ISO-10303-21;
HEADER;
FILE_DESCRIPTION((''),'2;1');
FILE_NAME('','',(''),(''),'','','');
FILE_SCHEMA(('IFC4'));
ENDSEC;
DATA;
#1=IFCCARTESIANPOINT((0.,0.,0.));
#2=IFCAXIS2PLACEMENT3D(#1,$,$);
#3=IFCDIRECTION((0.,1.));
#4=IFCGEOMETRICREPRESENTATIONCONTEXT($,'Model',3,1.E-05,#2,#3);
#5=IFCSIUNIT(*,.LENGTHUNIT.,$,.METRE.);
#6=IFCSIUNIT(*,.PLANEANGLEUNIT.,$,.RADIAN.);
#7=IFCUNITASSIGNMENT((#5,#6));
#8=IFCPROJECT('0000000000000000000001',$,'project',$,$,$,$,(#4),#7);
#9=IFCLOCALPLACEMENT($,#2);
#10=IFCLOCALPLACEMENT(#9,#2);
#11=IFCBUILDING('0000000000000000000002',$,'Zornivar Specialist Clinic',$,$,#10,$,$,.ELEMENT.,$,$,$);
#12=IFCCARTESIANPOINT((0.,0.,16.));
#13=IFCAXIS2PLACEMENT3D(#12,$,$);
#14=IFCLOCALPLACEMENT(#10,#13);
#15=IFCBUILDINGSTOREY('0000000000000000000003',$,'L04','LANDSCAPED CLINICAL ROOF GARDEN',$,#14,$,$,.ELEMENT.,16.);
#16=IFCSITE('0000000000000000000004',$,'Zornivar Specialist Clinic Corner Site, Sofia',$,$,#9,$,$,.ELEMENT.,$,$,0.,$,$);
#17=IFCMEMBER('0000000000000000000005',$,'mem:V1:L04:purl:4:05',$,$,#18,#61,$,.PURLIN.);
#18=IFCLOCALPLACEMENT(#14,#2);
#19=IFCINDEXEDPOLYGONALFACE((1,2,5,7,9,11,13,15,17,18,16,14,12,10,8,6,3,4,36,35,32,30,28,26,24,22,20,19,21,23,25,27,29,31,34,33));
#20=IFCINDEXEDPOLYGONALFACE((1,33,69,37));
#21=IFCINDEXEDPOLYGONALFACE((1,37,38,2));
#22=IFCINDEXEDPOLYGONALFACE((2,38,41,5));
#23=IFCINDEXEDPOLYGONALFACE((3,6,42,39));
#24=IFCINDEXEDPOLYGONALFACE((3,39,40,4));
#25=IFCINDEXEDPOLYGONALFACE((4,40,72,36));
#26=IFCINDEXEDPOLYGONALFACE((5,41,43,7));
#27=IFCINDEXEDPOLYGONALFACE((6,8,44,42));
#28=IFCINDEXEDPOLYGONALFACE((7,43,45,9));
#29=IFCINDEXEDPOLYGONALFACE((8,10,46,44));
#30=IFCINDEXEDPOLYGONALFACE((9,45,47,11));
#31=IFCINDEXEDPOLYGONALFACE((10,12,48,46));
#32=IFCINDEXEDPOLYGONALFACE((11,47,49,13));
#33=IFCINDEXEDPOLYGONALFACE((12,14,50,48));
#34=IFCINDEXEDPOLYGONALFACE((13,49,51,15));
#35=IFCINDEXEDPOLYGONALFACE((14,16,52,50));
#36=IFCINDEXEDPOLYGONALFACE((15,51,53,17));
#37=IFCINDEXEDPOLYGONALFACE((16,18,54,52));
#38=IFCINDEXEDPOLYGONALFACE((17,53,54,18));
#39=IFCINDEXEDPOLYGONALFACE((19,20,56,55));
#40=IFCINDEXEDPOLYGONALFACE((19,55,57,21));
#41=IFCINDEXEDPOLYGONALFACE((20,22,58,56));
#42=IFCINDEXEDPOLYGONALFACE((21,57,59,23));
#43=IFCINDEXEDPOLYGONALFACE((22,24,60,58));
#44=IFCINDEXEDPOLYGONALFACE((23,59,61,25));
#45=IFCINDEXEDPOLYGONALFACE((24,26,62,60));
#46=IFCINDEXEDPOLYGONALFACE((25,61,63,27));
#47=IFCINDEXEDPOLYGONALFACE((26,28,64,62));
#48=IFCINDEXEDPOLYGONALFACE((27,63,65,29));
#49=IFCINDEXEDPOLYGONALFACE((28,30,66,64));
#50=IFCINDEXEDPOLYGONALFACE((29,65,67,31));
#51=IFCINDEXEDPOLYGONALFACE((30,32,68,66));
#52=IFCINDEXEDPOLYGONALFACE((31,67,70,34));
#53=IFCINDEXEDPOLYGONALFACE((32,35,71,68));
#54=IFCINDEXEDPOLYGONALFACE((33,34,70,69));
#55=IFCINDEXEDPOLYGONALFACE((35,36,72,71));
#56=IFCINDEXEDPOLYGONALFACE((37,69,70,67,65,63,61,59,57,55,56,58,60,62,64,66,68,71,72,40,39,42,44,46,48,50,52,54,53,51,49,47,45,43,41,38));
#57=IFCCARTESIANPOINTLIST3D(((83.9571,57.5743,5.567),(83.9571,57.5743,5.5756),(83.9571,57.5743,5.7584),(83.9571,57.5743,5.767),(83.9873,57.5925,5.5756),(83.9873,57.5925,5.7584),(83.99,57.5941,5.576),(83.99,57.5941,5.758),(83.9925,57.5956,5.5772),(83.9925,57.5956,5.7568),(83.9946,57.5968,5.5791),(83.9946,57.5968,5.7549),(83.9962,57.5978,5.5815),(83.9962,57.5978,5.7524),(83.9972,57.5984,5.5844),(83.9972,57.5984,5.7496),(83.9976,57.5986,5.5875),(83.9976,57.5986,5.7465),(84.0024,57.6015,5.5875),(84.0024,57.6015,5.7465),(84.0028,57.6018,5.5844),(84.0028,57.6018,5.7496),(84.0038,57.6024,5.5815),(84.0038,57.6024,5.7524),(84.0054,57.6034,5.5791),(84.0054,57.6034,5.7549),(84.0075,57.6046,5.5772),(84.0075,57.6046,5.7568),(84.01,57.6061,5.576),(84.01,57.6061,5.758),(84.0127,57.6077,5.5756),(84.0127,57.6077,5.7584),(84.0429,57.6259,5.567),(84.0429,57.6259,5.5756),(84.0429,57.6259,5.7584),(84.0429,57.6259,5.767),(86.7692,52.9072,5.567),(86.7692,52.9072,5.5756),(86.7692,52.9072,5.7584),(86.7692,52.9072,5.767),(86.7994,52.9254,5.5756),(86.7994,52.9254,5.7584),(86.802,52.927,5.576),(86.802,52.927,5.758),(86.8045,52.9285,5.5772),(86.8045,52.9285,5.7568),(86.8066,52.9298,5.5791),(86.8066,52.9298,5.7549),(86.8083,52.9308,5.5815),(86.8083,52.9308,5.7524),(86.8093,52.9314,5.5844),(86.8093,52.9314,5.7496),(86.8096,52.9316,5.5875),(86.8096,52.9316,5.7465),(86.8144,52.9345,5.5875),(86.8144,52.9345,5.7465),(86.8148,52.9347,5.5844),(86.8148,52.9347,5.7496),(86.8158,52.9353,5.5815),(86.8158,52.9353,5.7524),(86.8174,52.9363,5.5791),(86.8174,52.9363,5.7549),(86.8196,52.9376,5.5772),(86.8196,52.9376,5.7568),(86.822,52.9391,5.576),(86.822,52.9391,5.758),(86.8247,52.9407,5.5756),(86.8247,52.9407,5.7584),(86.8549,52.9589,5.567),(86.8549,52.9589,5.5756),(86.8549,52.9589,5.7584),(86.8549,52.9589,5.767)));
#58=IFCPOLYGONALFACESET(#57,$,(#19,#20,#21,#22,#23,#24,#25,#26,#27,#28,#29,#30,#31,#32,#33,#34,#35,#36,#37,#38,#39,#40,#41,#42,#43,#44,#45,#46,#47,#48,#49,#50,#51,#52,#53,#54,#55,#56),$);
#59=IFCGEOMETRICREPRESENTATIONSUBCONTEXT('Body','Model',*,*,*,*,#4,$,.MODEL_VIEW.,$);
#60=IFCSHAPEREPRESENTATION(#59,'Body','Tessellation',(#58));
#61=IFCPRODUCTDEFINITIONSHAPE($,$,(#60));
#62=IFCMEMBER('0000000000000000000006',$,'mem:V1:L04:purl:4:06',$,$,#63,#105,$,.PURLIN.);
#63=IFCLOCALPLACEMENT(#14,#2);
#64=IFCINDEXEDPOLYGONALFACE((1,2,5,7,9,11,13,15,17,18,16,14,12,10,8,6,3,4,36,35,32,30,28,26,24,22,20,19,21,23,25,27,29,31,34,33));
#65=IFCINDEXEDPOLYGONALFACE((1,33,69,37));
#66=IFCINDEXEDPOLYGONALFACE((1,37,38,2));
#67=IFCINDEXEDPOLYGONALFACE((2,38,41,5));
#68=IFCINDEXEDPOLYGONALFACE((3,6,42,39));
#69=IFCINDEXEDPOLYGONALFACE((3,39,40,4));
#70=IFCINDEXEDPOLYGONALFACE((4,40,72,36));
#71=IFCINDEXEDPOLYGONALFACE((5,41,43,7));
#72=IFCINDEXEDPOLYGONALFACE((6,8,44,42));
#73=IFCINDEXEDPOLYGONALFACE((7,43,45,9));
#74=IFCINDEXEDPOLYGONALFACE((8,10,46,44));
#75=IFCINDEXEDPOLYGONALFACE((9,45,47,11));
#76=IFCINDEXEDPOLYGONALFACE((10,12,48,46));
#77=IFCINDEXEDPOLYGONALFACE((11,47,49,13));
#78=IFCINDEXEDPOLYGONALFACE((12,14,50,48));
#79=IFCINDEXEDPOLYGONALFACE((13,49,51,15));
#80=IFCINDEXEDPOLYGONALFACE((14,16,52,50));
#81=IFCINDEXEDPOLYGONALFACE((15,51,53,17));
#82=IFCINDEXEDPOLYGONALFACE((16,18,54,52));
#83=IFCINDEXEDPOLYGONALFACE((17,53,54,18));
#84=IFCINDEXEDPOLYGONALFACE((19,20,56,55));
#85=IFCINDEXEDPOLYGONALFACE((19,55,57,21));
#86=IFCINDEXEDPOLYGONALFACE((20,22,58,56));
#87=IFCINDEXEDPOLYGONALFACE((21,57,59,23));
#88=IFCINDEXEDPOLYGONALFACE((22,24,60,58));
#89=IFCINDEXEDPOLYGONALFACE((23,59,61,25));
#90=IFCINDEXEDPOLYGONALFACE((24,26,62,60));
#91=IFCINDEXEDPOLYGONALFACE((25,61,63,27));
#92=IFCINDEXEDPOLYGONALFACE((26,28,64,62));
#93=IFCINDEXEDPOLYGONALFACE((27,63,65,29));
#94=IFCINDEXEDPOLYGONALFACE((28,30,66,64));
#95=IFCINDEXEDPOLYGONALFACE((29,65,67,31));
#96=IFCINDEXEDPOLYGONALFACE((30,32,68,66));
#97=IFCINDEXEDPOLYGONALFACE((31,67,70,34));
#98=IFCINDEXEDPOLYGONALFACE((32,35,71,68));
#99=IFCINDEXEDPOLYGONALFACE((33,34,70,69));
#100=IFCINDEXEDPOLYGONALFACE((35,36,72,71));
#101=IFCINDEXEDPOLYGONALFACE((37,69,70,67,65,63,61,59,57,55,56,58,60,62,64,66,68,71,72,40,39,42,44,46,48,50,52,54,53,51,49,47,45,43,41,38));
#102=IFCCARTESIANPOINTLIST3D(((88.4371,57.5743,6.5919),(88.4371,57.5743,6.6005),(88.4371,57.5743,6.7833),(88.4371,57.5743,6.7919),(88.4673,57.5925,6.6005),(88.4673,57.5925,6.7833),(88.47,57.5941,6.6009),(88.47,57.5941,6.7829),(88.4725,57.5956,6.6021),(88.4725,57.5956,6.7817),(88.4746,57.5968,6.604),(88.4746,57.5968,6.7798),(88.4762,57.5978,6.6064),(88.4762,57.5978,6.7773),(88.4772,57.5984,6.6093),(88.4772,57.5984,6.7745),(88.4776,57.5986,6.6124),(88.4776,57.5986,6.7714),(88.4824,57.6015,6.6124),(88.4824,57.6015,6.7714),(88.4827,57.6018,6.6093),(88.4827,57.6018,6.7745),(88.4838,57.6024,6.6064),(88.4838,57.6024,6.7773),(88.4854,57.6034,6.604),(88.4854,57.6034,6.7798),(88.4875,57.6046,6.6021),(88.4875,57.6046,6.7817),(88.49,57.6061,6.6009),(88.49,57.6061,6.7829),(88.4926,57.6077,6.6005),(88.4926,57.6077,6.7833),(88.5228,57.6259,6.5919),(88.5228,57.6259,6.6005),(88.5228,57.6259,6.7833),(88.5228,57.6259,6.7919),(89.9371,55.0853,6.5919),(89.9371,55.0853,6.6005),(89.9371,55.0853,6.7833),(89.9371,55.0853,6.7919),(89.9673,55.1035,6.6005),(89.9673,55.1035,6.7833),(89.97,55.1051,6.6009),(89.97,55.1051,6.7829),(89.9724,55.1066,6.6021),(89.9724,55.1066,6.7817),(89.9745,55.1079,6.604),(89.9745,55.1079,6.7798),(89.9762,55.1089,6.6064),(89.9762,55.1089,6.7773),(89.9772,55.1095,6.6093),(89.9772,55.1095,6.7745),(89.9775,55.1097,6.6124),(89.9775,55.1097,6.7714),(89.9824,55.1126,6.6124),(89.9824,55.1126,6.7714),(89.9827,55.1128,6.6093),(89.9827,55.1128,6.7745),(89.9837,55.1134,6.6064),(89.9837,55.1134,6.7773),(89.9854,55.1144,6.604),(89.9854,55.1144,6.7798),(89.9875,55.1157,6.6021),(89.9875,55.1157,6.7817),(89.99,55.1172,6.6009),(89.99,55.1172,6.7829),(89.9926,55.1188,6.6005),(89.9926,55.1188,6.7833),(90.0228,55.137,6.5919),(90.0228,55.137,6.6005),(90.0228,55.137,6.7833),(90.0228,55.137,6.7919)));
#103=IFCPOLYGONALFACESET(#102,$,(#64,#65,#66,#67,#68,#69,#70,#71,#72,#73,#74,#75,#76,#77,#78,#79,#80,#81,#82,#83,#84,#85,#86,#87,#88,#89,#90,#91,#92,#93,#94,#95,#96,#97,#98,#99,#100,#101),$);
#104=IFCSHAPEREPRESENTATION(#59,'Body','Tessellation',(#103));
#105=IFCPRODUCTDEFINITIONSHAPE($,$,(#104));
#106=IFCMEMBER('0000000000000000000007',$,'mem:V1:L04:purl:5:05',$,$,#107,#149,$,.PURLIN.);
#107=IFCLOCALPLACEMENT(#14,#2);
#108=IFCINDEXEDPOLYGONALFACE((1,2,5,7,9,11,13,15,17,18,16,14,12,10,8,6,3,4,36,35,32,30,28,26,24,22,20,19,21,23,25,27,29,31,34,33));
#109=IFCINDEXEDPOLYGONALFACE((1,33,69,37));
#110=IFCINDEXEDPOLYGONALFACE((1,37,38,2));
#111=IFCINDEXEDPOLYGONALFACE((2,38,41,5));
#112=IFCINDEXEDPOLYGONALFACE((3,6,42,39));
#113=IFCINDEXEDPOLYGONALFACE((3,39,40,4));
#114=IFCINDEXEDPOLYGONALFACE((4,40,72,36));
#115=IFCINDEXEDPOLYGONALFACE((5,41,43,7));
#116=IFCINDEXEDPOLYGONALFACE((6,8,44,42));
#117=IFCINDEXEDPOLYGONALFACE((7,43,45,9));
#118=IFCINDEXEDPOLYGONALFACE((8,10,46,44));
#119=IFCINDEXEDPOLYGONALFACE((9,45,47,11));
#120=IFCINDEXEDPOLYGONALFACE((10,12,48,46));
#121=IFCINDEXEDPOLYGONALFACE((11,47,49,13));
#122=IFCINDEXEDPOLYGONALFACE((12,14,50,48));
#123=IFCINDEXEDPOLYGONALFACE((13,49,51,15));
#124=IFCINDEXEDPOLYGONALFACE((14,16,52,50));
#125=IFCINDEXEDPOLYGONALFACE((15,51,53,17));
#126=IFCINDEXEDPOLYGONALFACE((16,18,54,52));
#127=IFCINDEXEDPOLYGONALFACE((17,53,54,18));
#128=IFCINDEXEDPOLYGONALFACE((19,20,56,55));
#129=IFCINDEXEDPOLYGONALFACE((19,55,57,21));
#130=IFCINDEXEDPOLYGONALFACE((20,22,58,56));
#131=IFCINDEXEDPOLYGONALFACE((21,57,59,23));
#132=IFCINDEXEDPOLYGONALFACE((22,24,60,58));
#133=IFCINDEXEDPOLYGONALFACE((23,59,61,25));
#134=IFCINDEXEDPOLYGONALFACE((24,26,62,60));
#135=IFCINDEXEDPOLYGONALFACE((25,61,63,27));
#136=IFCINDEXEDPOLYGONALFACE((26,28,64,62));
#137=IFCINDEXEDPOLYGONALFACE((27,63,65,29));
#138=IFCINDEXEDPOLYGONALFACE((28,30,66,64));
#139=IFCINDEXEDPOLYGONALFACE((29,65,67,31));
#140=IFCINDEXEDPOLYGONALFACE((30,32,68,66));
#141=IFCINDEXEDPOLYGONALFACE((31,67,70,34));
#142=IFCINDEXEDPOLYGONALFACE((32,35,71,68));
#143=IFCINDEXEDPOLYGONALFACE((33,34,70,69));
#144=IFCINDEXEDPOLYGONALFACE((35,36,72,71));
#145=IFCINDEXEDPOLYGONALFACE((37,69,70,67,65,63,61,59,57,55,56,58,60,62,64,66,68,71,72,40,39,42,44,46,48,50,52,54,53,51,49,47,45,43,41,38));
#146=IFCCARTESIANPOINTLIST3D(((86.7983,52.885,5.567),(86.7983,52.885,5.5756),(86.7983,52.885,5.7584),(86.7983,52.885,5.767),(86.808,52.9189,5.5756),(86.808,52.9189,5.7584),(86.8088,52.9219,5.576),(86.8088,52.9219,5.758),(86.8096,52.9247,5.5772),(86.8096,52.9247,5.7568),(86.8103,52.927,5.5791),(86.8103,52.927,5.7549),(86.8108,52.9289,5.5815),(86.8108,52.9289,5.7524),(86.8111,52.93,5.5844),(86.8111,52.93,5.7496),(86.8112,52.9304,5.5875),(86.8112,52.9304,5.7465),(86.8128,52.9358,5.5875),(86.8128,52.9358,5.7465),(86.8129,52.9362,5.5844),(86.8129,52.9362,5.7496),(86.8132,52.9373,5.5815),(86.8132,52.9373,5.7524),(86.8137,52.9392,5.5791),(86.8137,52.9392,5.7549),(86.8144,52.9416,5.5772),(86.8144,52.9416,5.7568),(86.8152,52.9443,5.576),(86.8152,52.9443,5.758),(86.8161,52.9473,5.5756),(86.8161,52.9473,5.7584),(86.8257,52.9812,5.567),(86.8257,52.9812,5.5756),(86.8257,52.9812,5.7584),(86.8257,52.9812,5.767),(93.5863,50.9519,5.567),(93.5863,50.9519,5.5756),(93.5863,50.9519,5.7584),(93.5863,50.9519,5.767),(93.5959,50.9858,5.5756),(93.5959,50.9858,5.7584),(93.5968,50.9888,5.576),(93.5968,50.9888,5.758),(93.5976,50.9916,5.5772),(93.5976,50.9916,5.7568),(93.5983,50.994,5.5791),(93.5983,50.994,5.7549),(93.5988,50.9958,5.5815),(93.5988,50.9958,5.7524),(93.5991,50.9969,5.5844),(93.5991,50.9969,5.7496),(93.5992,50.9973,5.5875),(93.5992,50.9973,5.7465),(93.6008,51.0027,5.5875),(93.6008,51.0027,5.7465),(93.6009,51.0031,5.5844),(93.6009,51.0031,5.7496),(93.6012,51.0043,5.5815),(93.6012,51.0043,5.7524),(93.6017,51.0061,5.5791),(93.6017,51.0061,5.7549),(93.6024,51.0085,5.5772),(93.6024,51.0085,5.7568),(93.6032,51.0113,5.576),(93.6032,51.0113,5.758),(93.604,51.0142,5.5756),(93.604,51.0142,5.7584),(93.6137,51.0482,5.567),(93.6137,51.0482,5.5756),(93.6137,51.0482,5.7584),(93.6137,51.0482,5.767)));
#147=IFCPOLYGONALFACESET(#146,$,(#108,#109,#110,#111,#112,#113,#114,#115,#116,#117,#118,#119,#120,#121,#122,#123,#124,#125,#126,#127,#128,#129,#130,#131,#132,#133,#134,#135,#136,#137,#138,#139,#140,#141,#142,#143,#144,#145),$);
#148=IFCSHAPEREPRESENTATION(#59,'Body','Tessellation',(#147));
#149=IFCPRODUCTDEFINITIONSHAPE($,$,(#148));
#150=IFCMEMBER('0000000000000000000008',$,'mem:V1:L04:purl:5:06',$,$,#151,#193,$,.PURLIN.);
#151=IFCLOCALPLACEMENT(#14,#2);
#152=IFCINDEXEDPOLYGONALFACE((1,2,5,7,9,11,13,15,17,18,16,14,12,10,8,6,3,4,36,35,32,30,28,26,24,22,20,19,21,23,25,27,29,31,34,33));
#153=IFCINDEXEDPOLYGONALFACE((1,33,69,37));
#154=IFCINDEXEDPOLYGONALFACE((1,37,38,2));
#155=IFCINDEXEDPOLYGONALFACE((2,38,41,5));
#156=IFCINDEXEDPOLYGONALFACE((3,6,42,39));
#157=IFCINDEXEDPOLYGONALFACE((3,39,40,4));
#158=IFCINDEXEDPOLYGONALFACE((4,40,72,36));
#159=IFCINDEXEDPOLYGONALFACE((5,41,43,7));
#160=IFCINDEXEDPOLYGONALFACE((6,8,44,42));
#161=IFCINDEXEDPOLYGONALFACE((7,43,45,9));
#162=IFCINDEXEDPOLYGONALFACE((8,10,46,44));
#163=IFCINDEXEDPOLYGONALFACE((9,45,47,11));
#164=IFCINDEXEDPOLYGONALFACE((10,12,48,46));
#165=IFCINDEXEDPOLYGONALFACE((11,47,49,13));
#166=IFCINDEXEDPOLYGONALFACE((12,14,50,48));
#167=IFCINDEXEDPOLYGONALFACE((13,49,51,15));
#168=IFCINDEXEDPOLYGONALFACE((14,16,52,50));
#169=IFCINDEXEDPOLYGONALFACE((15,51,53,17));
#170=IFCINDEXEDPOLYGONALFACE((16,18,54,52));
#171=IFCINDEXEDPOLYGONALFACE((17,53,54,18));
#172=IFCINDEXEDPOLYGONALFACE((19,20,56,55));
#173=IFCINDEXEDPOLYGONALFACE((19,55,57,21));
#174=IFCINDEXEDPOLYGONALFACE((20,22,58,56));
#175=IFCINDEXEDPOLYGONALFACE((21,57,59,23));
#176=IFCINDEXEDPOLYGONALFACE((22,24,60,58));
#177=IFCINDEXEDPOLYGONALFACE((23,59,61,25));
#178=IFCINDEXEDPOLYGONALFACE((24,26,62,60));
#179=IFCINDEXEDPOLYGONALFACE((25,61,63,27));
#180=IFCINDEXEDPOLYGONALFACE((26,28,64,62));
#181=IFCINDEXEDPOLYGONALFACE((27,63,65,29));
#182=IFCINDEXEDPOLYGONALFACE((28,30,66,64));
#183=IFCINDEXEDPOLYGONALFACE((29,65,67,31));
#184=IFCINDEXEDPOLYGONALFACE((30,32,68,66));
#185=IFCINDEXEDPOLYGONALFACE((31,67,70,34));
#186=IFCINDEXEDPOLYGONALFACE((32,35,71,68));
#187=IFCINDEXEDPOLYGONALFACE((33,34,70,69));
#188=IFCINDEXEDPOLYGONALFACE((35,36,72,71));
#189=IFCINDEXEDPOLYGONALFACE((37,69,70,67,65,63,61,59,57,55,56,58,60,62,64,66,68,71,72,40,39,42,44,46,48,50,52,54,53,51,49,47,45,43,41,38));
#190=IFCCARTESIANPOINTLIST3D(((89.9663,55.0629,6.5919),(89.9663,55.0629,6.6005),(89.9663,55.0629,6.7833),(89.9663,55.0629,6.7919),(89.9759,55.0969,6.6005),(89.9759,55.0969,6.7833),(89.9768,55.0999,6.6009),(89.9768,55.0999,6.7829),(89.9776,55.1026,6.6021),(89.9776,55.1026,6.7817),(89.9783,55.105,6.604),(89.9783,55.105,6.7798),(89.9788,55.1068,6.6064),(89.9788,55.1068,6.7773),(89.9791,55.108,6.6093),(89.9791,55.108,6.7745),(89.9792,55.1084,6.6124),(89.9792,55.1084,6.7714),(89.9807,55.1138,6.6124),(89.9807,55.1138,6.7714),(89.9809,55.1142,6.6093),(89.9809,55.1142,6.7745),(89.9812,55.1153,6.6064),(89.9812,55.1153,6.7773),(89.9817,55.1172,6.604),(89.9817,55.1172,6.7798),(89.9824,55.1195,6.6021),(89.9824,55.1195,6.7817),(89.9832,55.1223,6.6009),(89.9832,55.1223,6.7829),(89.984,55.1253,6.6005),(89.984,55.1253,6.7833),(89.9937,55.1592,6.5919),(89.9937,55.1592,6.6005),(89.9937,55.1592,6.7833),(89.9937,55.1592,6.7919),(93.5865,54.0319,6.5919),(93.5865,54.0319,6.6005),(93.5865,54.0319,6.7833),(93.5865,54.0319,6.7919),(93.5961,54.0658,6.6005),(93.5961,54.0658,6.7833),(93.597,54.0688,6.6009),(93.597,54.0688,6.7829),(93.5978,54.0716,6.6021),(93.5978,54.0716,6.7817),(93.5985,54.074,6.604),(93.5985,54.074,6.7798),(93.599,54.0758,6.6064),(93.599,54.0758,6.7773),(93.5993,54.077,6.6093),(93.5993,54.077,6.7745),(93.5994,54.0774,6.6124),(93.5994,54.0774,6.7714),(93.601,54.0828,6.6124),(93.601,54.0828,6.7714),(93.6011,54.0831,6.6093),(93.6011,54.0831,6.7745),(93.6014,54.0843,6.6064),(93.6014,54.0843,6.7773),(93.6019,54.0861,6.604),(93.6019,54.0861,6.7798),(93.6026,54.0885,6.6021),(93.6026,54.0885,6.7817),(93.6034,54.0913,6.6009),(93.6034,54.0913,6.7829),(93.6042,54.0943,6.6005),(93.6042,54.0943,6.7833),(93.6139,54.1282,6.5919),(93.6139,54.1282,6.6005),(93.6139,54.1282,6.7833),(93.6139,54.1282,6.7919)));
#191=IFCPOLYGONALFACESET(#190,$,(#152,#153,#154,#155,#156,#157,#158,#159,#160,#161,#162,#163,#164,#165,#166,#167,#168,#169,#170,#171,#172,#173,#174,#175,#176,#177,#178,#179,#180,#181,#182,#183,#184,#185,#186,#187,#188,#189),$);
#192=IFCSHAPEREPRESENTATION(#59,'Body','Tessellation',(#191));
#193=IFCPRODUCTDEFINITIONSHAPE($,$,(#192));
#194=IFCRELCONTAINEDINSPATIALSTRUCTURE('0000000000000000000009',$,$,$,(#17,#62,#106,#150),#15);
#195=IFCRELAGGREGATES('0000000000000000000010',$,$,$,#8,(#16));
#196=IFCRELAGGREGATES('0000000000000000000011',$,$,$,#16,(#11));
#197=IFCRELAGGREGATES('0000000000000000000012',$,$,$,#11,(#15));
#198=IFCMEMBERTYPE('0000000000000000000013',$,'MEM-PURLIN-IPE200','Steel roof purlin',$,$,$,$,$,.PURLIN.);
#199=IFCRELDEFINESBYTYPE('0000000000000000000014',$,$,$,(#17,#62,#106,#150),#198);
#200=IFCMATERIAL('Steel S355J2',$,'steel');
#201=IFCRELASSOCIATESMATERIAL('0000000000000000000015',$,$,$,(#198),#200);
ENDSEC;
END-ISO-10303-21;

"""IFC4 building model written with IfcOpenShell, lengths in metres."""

from ifc_helpers import new_model, si_unit, direction, frame, origin, origin_2d, place, context, subcontext, project, spatial, i_section, extrude, material, material_profile, profile_set, type_object, element, save


model = new_model("IFC4")

# Units and contexts
model_context = context("Model", 3, precision=1e-05, world=origin(), true_north=direction((0.0, 1.0)))
body_context = subcontext(model_context, "Body", "Model", "MODEL_VIEW")
ifc_project = project(units=[si_unit("LENGTHUNIT", "METRE"), si_unit("PLANEANGLEUNIT", "RADIAN")], contexts=[model_context])

# Site, building, storey
site_placement = place(None, origin())
site = spatial("IfcSite", under=ifc_project, at=site_placement, Name="Zornivar Specialist Clinic Corner Site, Sofia", CompositionType="ELEMENT", RefElevation=0.0)
building_placement = place(site_placement, origin())
building = spatial("IfcBuilding", under=site, at=building_placement, Name="Zornivar Specialist Clinic", CompositionType="ELEMENT")
storey_placement = place(building_placement, frame((0.0, 0.0, 16.0)))
storey = spatial("IfcBuildingStorey", under=building, at=storey_placement, Name="L04", Description="LANDSCAPED CLINICAL ROOF GARDEN", CompositionType="ELEMENT", Elevation=16.0)

# Members
ifc_material_1 = material(Name="Steel S355J2", Category="steel")
ifc_material_profile_1 = material_profile(ifc_material_1, i_section(OverallWidth=0.1001, OverallDepth=0.2, WebThickness=0.0056, FlangeThickness=0.0085, FilletRadius=0.012, at=origin_2d()), Name="IPE 200")
ifc_profile_set_1 = profile_set([ifc_material_profile_1], Name="Steel S355J2")
member_type_1 = type_object("IfcMemberType", Name="MEM-PURLIN-IPE200", Description="Steel roof purlin", PredefinedType="PURLIN", material=ifc_profile_set_1)
member_1_placement = place(storey_placement, frame((84.0, 57.6001, 5.667), z_axis=(0.516089, -0.856535, 0.0), x_axis=(0.856535, 0.516089, 0.0)))
element("IfcMember", 1, at=member_1_placement, inside=storey, type_object=member_type_1, Name="mem:V1:L04:purl:4:05", PredefinedType="PURLIN", context=body_context, shape_type="SweptSolid", body=[
    extrude(i_section(OverallWidth=0.1001, OverallDepth=0.2, WebThickness=0.0056, FlangeThickness=0.0085, FilletRadius=0.012, at=origin_2d()), origin(), (0.0, 0.0, 1.0), 5.4487),
])
member_2_placement = place(storey_placement, frame((88.48, 57.6001, 6.6919), z_axis=(0.516163, -0.856491, 0.0), x_axis=(0.856491, 0.516163, 0.0)))
element("IfcMember", 2, at=member_2_placement, inside=storey, type_object=member_type_1, Name="mem:V1:L04:purl:4:06", PredefinedType="PURLIN", context=body_context, shape_type="SweptSolid", body=[
    extrude(i_section(OverallWidth=0.1001, OverallDepth=0.2, WebThickness=0.0056, FlangeThickness=0.0085, FilletRadius=0.012, at=origin_2d()), origin(), (0.0, 0.0, 1.0), 2.906),
])
member_3_placement = place(storey_placement, frame((86.812, 52.9331, 5.667), z_axis=(0.961761, -0.27389, 0.0), x_axis=(0.27389, 0.961761, 0.0)))
element("IfcMember", 3, at=member_3_placement, inside=storey, type_object=member_type_1, Name="mem:V1:L04:purl:5:05", PredefinedType="PURLIN", context=body_context, shape_type="SweptSolid", body=[
    extrude(i_section(OverallWidth=0.1001, OverallDepth=0.2, WebThickness=0.0056, FlangeThickness=0.0085, FilletRadius=0.012, at=origin_2d()), origin(), (0.0, 0.0, 1.0), 7.0579),
])
member_4_placement = place(storey_placement, frame((89.98, 55.1111, 6.6919), z_axis=(0.961756, -0.273907, 0.0), x_axis=(0.273907, 0.961756, 0.0)))
element("IfcMember", 4, at=member_4_placement, inside=storey, type_object=member_type_1, Name="mem:V1:L04:purl:5:06", PredefinedType="PURLIN", context=body_context, shape_type="SweptSolid", body=[
    extrude(i_section(OverallWidth=0.1001, OverallDepth=0.2, WebThickness=0.0056, FlangeThickness=0.0085, FilletRadius=0.012, at=origin_2d()), origin(), (0.0, 0.0, 1.0), 3.7642),
])

save(model, "model.ifc")
